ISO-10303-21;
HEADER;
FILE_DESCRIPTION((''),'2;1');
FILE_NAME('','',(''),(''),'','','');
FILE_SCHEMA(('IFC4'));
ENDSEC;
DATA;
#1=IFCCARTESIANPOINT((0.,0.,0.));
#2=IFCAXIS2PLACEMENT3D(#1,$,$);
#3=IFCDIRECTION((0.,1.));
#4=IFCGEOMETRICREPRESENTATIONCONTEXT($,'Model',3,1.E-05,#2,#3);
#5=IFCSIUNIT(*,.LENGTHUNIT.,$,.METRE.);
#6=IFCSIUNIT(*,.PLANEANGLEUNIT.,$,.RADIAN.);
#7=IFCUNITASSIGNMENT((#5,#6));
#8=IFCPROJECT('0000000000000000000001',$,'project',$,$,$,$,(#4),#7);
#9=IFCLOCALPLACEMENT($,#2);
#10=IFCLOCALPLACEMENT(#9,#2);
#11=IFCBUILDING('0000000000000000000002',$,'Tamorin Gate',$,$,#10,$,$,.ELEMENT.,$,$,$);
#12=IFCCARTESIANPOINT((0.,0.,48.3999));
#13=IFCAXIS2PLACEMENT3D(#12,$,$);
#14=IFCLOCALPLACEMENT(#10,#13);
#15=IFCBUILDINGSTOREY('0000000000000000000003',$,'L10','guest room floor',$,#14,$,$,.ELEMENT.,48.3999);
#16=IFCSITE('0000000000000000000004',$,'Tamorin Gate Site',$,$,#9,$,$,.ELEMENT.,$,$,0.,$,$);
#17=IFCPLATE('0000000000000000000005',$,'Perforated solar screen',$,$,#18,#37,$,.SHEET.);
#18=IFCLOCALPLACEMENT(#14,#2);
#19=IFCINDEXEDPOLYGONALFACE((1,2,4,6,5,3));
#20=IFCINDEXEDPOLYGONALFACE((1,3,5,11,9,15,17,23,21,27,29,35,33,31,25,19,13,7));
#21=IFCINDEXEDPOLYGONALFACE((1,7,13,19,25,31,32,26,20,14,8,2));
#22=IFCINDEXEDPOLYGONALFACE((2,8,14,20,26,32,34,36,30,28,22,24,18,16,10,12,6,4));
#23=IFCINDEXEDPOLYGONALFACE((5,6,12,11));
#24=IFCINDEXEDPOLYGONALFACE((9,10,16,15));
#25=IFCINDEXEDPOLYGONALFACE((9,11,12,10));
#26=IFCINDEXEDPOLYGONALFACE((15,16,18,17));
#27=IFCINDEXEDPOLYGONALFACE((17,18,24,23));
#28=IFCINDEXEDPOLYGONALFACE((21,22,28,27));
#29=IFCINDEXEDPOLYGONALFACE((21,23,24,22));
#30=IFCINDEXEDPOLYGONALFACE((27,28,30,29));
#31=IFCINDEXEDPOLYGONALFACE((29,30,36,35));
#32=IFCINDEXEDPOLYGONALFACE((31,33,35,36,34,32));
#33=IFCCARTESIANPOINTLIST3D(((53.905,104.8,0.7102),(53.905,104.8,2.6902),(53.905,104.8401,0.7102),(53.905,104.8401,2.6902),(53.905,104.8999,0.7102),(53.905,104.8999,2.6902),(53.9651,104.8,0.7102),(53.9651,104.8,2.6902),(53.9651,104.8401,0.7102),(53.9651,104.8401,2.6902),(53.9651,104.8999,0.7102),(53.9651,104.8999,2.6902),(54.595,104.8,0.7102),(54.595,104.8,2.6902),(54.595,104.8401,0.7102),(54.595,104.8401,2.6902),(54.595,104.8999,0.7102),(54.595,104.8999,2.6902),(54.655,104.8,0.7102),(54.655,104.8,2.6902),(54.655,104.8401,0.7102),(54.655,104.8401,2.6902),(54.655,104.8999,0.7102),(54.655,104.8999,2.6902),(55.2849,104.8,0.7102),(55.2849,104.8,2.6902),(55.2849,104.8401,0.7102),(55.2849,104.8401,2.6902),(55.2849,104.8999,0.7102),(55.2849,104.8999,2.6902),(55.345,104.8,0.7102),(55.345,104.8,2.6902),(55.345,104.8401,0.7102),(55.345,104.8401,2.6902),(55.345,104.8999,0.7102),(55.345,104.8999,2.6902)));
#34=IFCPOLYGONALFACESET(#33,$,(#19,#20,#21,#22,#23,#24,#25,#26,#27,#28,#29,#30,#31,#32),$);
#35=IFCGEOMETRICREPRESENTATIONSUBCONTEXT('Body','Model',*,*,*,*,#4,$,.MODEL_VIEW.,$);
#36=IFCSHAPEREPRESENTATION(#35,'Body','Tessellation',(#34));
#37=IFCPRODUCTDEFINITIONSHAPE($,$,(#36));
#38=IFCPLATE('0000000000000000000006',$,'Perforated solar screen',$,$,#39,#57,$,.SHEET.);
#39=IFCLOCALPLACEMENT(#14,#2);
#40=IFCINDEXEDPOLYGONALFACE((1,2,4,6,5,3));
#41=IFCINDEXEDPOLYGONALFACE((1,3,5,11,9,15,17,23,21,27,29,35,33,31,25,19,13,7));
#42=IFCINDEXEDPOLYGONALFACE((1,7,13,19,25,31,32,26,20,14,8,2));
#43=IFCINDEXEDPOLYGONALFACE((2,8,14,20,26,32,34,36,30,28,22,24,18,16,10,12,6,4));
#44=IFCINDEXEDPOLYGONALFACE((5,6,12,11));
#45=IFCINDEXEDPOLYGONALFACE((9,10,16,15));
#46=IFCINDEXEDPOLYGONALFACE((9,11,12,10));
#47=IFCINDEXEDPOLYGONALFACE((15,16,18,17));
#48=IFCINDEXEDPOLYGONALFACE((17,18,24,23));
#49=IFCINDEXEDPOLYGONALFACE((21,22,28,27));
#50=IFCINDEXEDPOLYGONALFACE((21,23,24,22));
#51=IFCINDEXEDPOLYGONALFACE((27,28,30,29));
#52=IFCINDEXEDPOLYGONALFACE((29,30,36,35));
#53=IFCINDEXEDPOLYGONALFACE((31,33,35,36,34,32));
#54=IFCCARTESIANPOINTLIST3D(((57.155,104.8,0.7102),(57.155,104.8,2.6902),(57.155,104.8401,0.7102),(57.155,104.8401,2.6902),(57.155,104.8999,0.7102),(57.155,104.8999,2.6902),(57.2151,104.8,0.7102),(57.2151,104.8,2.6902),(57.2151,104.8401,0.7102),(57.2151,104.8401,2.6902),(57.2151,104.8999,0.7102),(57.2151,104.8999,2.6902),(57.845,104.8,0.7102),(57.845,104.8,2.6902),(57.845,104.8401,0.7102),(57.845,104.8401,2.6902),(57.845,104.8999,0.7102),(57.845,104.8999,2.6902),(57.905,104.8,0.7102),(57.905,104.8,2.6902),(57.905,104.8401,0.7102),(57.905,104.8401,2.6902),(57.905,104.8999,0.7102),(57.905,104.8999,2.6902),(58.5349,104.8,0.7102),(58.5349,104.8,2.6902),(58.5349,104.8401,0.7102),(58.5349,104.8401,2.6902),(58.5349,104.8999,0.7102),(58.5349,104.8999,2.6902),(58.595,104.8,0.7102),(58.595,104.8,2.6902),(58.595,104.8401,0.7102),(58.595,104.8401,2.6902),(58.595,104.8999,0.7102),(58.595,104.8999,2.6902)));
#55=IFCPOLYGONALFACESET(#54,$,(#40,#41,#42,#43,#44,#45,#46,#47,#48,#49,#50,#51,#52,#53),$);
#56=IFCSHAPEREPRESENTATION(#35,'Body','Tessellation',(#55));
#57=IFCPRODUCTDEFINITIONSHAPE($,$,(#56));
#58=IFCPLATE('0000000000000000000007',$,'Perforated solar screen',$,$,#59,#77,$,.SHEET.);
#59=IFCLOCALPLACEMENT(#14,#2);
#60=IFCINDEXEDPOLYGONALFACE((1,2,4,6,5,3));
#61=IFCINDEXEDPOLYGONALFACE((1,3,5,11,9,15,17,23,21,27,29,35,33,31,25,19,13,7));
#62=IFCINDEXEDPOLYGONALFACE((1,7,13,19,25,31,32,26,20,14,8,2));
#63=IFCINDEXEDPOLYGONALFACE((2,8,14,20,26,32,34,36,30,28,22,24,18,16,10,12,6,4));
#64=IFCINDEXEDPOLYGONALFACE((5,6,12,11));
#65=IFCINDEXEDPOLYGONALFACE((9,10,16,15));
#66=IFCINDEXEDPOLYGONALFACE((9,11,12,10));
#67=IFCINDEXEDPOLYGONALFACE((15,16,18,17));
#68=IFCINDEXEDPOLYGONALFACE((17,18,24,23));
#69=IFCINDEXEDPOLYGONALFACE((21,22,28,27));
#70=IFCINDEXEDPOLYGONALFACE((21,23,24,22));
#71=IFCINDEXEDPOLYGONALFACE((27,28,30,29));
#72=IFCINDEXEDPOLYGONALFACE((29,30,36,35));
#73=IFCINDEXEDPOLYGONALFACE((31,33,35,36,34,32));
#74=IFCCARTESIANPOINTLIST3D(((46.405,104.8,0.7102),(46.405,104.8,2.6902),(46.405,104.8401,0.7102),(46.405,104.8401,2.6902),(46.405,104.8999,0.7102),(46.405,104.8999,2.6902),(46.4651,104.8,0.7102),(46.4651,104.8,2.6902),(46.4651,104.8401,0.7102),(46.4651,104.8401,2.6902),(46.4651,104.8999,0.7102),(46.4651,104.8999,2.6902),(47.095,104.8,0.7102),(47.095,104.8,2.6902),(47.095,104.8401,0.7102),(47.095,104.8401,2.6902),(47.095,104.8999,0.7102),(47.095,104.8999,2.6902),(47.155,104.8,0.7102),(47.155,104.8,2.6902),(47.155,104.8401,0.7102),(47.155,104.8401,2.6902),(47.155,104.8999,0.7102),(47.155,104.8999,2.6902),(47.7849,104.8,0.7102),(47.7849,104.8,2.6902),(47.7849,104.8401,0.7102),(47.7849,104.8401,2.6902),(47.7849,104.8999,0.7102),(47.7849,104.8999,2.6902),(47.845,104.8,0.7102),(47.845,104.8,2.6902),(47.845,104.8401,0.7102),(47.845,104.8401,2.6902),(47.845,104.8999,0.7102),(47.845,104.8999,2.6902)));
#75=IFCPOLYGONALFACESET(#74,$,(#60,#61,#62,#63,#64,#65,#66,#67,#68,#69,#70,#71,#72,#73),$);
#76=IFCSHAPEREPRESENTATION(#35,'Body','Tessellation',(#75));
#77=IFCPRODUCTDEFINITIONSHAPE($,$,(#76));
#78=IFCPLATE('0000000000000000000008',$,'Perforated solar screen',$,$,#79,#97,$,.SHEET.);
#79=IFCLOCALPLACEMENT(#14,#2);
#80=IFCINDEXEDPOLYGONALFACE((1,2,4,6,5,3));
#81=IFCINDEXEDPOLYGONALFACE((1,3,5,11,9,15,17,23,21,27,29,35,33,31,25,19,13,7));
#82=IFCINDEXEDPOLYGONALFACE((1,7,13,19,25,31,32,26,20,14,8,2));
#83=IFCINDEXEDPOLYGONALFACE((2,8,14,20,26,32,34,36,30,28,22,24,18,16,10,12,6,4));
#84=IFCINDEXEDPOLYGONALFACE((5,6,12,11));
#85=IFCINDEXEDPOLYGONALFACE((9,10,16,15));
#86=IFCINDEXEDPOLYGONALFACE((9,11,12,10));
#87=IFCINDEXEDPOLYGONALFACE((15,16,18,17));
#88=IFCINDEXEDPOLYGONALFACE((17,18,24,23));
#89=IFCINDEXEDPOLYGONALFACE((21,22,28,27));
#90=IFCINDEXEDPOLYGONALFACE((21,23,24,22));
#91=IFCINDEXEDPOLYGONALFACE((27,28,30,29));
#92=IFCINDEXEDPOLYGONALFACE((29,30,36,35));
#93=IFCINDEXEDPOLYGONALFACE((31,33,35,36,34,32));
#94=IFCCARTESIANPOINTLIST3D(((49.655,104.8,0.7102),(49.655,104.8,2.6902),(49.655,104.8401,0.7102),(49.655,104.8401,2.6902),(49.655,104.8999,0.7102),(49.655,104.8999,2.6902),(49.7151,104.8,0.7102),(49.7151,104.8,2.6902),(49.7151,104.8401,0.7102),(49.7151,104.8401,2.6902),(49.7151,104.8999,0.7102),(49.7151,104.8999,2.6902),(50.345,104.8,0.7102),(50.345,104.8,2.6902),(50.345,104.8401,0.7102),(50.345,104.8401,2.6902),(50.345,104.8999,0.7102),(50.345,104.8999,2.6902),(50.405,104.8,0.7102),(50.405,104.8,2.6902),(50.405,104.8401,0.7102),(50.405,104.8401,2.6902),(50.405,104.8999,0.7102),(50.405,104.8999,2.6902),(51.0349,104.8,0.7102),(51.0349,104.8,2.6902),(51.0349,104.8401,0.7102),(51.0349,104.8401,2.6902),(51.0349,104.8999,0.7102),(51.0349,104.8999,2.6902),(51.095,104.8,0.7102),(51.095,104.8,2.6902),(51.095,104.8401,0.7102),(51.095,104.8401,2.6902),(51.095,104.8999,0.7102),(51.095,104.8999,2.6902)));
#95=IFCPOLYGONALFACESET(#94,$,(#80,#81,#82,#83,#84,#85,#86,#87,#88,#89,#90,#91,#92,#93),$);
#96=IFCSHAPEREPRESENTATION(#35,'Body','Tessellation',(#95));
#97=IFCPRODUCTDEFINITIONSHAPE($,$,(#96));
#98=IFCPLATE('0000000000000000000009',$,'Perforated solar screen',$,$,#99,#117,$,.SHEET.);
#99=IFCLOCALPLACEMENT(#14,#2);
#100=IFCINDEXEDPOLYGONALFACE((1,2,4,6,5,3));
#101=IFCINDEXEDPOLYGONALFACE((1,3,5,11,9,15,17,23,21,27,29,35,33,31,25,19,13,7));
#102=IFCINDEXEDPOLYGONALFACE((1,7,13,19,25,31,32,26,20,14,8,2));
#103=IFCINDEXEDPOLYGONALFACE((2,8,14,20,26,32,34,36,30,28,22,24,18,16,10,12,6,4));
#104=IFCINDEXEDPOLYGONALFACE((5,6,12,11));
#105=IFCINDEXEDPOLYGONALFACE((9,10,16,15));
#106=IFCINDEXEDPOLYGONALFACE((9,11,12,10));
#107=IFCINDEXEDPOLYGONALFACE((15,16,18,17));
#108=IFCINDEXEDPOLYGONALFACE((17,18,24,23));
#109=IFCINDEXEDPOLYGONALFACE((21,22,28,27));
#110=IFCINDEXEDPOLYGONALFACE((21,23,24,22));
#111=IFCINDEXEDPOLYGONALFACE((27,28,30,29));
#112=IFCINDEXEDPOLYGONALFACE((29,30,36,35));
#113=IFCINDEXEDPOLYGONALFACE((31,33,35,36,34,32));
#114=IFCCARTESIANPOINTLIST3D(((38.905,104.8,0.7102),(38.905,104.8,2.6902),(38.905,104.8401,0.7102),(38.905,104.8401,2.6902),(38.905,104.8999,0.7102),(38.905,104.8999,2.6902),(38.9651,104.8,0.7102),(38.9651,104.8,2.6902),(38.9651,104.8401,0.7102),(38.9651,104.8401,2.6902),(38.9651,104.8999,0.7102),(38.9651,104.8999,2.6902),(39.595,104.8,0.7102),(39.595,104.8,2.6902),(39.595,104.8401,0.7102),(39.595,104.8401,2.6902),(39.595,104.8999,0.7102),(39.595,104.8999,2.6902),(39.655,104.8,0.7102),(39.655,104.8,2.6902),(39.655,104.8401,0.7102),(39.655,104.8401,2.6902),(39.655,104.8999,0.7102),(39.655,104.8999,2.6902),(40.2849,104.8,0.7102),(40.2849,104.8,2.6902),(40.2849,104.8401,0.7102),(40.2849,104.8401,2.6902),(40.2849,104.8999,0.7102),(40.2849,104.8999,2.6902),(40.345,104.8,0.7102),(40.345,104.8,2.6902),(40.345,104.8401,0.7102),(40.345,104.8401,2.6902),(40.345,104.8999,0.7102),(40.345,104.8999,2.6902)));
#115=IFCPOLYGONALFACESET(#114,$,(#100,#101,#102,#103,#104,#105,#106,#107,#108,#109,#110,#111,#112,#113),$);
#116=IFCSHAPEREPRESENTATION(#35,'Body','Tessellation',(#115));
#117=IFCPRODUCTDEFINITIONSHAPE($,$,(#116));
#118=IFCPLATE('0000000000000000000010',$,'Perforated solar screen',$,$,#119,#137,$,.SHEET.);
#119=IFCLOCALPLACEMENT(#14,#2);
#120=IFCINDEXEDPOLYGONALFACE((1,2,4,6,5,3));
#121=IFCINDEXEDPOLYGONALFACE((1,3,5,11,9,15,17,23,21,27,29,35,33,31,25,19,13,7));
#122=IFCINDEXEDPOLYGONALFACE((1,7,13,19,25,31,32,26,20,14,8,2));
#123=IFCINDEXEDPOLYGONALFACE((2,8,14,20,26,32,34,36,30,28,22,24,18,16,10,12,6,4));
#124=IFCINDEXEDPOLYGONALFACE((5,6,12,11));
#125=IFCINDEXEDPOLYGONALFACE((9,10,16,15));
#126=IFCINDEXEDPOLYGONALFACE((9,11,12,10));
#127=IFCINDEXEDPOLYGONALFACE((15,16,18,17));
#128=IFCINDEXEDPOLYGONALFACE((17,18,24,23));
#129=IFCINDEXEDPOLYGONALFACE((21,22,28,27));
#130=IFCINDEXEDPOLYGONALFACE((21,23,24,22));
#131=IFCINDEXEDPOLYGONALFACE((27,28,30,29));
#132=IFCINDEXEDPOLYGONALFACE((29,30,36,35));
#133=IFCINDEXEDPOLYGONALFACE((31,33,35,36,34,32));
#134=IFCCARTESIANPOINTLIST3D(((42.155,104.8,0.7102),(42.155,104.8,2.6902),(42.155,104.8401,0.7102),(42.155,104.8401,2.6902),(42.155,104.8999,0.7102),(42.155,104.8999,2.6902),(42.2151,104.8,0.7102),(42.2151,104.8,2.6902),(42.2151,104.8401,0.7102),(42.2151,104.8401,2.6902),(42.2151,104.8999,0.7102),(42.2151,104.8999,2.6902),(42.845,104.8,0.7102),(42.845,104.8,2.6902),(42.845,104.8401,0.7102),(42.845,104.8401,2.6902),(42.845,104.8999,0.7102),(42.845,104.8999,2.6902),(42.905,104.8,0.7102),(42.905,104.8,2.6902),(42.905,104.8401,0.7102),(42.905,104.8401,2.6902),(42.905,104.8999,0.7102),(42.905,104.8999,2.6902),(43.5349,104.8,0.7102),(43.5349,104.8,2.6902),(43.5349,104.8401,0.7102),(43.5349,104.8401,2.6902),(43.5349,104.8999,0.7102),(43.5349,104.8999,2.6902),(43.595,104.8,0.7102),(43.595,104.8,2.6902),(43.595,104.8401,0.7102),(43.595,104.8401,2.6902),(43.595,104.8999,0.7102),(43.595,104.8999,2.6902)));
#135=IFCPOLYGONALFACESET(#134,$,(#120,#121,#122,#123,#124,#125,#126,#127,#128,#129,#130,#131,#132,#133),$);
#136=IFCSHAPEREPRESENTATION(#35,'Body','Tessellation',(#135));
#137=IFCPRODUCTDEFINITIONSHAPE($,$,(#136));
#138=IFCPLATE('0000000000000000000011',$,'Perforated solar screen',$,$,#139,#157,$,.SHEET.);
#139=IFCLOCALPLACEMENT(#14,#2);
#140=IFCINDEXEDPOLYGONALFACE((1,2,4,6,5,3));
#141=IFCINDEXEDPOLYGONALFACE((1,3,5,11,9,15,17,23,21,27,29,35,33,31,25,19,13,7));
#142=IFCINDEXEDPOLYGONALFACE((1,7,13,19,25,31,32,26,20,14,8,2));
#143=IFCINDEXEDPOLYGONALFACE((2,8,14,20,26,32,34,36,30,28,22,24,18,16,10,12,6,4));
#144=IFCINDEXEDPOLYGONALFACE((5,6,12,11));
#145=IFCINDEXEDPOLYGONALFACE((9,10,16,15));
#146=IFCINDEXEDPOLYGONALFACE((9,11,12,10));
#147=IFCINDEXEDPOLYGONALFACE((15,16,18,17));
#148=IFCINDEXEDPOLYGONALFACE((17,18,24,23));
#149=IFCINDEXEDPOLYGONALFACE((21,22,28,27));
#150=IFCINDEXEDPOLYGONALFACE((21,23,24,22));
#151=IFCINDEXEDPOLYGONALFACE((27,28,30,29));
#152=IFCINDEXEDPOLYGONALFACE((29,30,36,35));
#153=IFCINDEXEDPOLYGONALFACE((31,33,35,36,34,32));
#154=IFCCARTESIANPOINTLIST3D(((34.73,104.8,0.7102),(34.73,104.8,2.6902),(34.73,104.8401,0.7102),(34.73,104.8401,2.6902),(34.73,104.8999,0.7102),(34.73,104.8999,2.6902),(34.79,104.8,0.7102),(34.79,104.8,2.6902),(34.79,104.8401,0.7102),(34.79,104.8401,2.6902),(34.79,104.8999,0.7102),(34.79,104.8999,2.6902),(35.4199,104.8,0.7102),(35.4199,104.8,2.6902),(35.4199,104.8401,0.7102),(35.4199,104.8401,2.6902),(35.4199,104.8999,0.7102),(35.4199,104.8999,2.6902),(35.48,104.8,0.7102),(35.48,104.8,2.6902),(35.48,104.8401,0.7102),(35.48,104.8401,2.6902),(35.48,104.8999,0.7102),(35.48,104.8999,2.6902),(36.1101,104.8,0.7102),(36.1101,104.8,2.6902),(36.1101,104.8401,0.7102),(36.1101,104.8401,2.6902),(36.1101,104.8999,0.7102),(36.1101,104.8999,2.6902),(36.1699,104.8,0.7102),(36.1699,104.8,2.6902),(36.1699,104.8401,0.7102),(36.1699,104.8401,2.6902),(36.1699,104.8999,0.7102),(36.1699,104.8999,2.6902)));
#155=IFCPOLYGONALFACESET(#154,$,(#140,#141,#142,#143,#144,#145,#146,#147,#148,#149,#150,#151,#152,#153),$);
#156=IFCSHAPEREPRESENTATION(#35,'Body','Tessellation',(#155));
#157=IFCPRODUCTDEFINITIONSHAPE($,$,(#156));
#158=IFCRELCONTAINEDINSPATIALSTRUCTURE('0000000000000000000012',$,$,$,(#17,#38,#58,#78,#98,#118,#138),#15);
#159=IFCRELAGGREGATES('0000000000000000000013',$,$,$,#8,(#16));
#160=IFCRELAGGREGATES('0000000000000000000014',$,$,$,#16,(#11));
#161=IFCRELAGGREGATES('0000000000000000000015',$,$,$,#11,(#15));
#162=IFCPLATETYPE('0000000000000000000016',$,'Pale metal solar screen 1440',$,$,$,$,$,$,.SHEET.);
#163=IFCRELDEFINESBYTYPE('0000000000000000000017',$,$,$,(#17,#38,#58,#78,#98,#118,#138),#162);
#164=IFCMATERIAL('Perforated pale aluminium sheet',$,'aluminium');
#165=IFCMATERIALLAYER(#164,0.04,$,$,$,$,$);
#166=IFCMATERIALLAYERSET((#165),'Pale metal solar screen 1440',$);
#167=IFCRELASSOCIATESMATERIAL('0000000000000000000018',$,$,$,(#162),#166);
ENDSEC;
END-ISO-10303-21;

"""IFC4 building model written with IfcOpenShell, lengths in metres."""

from ifc_helpers import new_model, si_unit, direction, frame, origin, place, context, subcontext, project, spatial, polyline, outline, extrude, material, layer, layer_set, type_object, element, save


model = new_model("IFC4")

# Units and contexts
model_context = context("Model", 3, precision=1e-05, world=origin(), true_north=direction((0.0, 1.0)))
body_context = subcontext(model_context, "Body", "Model", "MODEL_VIEW")
ifc_project = project(units=[si_unit("LENGTHUNIT", "METRE"), si_unit("PLANEANGLEUNIT", "RADIAN")], contexts=[model_context])

# Site, building, storey
site_placement = place(None, origin())
site = spatial("IfcSite", under=ifc_project, at=site_placement, Name="Tamorin Gate Site", CompositionType="ELEMENT", RefElevation=0.0)
building_placement = place(site_placement, origin())
building = spatial("IfcBuilding", under=site, at=building_placement, Name="Tamorin Gate", CompositionType="ELEMENT")
storey_placement = place(building_placement, frame((0.0, 0.0, 48.3999)))
storey = spatial("IfcBuildingStorey", under=building, at=storey_placement, Name="L10", Description="guest room floor", CompositionType="ELEMENT", Elevation=48.3999)

# Plates
ifc_material = material(Name="Perforated pale aluminium sheet", Category="aluminium")
ifc_layer = layer(ifc_material, 0.04)
ifc_layer_set = layer_set([ifc_layer], Name="Pale metal solar screen 1440")
plate_type = type_object("IfcPlateType", Name="Pale metal solar screen 1440", PredefinedType="SHEET", material=ifc_layer_set)
plate_1_placement = place(storey_placement, frame((0.0, 0.0, 0.7102)))
element("IfcPlate", 1, at=plate_1_placement, inside=storey, type_object=plate_type, Name="Perforated solar screen", PredefinedType="SHEET", context=body_context, shape_type="SweptSolid", body=[
    extrude(outline(polyline([(55.345, 104.8401), (55.345, 104.8), (55.2849, 104.8), (54.655, 104.8), (54.595, 104.8), (53.9651, 104.8), (53.905, 104.8), (53.905, 104.8401), (53.905, 104.8999), (53.9651, 104.8999), (53.9651, 104.8401), (54.595, 104.8401), (54.595, 104.8999), (54.655, 104.8999), (54.655, 104.8401), (55.2849, 104.8401), (55.2849, 104.8999), (55.345, 104.8999), (55.345, 104.8401)])), origin(), (0.0, 0.0, 1.0), 1.98),
])
plate_2_placement = place(storey_placement, frame((0.0, 0.0, 0.7102)))
element("IfcPlate", 2, at=plate_2_placement, inside=storey, type_object=plate_type, Name="Perforated solar screen", PredefinedType="SHEET", context=body_context, shape_type="SweptSolid", body=[
    extrude(outline(polyline([(58.595, 104.8401), (58.595, 104.8), (58.5349, 104.8), (57.905, 104.8), (57.845, 104.8), (57.2151, 104.8), (57.155, 104.8), (57.155, 104.8401), (57.155, 104.8999), (57.2151, 104.8999), (57.2151, 104.8401), (57.845, 104.8401), (57.845, 104.8999), (57.905, 104.8999), (57.905, 104.8401), (58.5349, 104.8401), (58.5349, 104.8999), (58.595, 104.8999), (58.595, 104.8401)])), origin(), (0.0, 0.0, 1.0), 1.98),
])
plate_3_placement = place(storey_placement, frame((0.0, 0.0, 0.7102)))
element("IfcPlate", 3, at=plate_3_placement, inside=storey, type_object=plate_type, Name="Perforated solar screen", PredefinedType="SHEET", context=body_context, shape_type="SweptSolid", body=[
    extrude(outline(polyline([(47.845, 104.8401), (47.845, 104.8), (47.7849, 104.8), (47.155, 104.8), (47.095, 104.8), (46.4651, 104.8), (46.405, 104.8), (46.405, 104.8401), (46.405, 104.8999), (46.4651, 104.8999), (46.4651, 104.8401), (47.095, 104.8401), (47.095, 104.8999), (47.155, 104.8999), (47.155, 104.8401), (47.7849, 104.8401), (47.7849, 104.8999), (47.845, 104.8999), (47.845, 104.8401)])), origin(), (0.0, 0.0, 1.0), 1.98),
])
plate_4_placement = place(storey_placement, frame((0.0, 0.0, 0.7102)))
element("IfcPlate", 4, at=plate_4_placement, inside=storey, type_object=plate_type, Name="Perforated solar screen", PredefinedType="SHEET", context=body_context, shape_type="SweptSolid", body=[
    extrude(outline(polyline([(51.095, 104.8401), (51.095, 104.8), (51.0349, 104.8), (50.405, 104.8), (50.345, 104.8), (49.7151, 104.8), (49.655, 104.8), (49.655, 104.8401), (49.655, 104.8999), (49.7151, 104.8999), (49.7151, 104.8401), (50.345, 104.8401), (50.345, 104.8999), (50.405, 104.8999), (50.405, 104.8401), (51.0349, 104.8401), (51.0349, 104.8999), (51.095, 104.8999), (51.095, 104.8401)])), origin(), (0.0, 0.0, 1.0), 1.98),
])
plate_5_placement = place(storey_placement, frame((0.0, 0.0, 0.7102)))
element("IfcPlate", 5, at=plate_5_placement, inside=storey, type_object=plate_type, Name="Perforated solar screen", PredefinedType="SHEET", context=body_context, shape_type="SweptSolid", body=[
    extrude(outline(polyline([(40.345, 104.8401), (40.345, 104.8), (40.2849, 104.8), (39.655, 104.8), (39.595, 104.8), (38.9651, 104.8), (38.905, 104.8), (38.905, 104.8401), (38.905, 104.8999), (38.9651, 104.8999), (38.9651, 104.8401), (39.595, 104.8401), (39.595, 104.8999), (39.655, 104.8999), (39.655, 104.8401), (40.2849, 104.8401), (40.2849, 104.8999), (40.345, 104.8999), (40.345, 104.8401)])), origin(), (0.0, 0.0, 1.0), 1.98),
])
plate_6_placement = place(storey_placement, frame((0.0, 0.0, 0.7102)))
element("IfcPlate", 6, at=plate_6_placement, inside=storey, type_object=plate_type, Name="Perforated solar screen", PredefinedType="SHEET", context=body_context, shape_type="SweptSolid", body=[
    extrude(outline(polyline([(43.595, 104.8401), (43.595, 104.8), (43.5349, 104.8), (42.905, 104.8), (42.845, 104.8), (42.2151, 104.8), (42.155, 104.8), (42.155, 104.8401), (42.155, 104.8999), (42.2151, 104.8999), (42.2151, 104.8401), (42.845, 104.8401), (42.845, 104.8999), (42.905, 104.8999), (42.905, 104.8401), (43.5349, 104.8401), (43.5349, 104.8999), (43.595, 104.8999), (43.595, 104.8401)])), origin(), (0.0, 0.0, 1.0), 1.98),
])
plate_7_placement = place(storey_placement, frame((0.0, 0.0, 0.7102)))
element("IfcPlate", 7, at=plate_7_placement, inside=storey, type_object=plate_type, Name="Perforated solar screen", PredefinedType="SHEET", context=body_context, shape_type="SweptSolid", body=[
    extrude(outline(polyline([(36.1699, 104.8401), (36.1699, 104.8), (36.1101, 104.8), (35.48, 104.8), (35.4199, 104.8), (34.79, 104.8), (34.73, 104.8), (34.73, 104.8401), (34.73, 104.8999), (34.79, 104.8999), (34.79, 104.8401), (35.4199, 104.8401), (35.4199, 104.8999), (35.48, 104.8999), (35.48, 104.8401), (36.1101, 104.8401), (36.1101, 104.8999), (36.1699, 104.8999), (36.1699, 104.8401)])), origin(), (0.0, 0.0, 1.0), 1.98),
])

save(model, "model.ifc")
